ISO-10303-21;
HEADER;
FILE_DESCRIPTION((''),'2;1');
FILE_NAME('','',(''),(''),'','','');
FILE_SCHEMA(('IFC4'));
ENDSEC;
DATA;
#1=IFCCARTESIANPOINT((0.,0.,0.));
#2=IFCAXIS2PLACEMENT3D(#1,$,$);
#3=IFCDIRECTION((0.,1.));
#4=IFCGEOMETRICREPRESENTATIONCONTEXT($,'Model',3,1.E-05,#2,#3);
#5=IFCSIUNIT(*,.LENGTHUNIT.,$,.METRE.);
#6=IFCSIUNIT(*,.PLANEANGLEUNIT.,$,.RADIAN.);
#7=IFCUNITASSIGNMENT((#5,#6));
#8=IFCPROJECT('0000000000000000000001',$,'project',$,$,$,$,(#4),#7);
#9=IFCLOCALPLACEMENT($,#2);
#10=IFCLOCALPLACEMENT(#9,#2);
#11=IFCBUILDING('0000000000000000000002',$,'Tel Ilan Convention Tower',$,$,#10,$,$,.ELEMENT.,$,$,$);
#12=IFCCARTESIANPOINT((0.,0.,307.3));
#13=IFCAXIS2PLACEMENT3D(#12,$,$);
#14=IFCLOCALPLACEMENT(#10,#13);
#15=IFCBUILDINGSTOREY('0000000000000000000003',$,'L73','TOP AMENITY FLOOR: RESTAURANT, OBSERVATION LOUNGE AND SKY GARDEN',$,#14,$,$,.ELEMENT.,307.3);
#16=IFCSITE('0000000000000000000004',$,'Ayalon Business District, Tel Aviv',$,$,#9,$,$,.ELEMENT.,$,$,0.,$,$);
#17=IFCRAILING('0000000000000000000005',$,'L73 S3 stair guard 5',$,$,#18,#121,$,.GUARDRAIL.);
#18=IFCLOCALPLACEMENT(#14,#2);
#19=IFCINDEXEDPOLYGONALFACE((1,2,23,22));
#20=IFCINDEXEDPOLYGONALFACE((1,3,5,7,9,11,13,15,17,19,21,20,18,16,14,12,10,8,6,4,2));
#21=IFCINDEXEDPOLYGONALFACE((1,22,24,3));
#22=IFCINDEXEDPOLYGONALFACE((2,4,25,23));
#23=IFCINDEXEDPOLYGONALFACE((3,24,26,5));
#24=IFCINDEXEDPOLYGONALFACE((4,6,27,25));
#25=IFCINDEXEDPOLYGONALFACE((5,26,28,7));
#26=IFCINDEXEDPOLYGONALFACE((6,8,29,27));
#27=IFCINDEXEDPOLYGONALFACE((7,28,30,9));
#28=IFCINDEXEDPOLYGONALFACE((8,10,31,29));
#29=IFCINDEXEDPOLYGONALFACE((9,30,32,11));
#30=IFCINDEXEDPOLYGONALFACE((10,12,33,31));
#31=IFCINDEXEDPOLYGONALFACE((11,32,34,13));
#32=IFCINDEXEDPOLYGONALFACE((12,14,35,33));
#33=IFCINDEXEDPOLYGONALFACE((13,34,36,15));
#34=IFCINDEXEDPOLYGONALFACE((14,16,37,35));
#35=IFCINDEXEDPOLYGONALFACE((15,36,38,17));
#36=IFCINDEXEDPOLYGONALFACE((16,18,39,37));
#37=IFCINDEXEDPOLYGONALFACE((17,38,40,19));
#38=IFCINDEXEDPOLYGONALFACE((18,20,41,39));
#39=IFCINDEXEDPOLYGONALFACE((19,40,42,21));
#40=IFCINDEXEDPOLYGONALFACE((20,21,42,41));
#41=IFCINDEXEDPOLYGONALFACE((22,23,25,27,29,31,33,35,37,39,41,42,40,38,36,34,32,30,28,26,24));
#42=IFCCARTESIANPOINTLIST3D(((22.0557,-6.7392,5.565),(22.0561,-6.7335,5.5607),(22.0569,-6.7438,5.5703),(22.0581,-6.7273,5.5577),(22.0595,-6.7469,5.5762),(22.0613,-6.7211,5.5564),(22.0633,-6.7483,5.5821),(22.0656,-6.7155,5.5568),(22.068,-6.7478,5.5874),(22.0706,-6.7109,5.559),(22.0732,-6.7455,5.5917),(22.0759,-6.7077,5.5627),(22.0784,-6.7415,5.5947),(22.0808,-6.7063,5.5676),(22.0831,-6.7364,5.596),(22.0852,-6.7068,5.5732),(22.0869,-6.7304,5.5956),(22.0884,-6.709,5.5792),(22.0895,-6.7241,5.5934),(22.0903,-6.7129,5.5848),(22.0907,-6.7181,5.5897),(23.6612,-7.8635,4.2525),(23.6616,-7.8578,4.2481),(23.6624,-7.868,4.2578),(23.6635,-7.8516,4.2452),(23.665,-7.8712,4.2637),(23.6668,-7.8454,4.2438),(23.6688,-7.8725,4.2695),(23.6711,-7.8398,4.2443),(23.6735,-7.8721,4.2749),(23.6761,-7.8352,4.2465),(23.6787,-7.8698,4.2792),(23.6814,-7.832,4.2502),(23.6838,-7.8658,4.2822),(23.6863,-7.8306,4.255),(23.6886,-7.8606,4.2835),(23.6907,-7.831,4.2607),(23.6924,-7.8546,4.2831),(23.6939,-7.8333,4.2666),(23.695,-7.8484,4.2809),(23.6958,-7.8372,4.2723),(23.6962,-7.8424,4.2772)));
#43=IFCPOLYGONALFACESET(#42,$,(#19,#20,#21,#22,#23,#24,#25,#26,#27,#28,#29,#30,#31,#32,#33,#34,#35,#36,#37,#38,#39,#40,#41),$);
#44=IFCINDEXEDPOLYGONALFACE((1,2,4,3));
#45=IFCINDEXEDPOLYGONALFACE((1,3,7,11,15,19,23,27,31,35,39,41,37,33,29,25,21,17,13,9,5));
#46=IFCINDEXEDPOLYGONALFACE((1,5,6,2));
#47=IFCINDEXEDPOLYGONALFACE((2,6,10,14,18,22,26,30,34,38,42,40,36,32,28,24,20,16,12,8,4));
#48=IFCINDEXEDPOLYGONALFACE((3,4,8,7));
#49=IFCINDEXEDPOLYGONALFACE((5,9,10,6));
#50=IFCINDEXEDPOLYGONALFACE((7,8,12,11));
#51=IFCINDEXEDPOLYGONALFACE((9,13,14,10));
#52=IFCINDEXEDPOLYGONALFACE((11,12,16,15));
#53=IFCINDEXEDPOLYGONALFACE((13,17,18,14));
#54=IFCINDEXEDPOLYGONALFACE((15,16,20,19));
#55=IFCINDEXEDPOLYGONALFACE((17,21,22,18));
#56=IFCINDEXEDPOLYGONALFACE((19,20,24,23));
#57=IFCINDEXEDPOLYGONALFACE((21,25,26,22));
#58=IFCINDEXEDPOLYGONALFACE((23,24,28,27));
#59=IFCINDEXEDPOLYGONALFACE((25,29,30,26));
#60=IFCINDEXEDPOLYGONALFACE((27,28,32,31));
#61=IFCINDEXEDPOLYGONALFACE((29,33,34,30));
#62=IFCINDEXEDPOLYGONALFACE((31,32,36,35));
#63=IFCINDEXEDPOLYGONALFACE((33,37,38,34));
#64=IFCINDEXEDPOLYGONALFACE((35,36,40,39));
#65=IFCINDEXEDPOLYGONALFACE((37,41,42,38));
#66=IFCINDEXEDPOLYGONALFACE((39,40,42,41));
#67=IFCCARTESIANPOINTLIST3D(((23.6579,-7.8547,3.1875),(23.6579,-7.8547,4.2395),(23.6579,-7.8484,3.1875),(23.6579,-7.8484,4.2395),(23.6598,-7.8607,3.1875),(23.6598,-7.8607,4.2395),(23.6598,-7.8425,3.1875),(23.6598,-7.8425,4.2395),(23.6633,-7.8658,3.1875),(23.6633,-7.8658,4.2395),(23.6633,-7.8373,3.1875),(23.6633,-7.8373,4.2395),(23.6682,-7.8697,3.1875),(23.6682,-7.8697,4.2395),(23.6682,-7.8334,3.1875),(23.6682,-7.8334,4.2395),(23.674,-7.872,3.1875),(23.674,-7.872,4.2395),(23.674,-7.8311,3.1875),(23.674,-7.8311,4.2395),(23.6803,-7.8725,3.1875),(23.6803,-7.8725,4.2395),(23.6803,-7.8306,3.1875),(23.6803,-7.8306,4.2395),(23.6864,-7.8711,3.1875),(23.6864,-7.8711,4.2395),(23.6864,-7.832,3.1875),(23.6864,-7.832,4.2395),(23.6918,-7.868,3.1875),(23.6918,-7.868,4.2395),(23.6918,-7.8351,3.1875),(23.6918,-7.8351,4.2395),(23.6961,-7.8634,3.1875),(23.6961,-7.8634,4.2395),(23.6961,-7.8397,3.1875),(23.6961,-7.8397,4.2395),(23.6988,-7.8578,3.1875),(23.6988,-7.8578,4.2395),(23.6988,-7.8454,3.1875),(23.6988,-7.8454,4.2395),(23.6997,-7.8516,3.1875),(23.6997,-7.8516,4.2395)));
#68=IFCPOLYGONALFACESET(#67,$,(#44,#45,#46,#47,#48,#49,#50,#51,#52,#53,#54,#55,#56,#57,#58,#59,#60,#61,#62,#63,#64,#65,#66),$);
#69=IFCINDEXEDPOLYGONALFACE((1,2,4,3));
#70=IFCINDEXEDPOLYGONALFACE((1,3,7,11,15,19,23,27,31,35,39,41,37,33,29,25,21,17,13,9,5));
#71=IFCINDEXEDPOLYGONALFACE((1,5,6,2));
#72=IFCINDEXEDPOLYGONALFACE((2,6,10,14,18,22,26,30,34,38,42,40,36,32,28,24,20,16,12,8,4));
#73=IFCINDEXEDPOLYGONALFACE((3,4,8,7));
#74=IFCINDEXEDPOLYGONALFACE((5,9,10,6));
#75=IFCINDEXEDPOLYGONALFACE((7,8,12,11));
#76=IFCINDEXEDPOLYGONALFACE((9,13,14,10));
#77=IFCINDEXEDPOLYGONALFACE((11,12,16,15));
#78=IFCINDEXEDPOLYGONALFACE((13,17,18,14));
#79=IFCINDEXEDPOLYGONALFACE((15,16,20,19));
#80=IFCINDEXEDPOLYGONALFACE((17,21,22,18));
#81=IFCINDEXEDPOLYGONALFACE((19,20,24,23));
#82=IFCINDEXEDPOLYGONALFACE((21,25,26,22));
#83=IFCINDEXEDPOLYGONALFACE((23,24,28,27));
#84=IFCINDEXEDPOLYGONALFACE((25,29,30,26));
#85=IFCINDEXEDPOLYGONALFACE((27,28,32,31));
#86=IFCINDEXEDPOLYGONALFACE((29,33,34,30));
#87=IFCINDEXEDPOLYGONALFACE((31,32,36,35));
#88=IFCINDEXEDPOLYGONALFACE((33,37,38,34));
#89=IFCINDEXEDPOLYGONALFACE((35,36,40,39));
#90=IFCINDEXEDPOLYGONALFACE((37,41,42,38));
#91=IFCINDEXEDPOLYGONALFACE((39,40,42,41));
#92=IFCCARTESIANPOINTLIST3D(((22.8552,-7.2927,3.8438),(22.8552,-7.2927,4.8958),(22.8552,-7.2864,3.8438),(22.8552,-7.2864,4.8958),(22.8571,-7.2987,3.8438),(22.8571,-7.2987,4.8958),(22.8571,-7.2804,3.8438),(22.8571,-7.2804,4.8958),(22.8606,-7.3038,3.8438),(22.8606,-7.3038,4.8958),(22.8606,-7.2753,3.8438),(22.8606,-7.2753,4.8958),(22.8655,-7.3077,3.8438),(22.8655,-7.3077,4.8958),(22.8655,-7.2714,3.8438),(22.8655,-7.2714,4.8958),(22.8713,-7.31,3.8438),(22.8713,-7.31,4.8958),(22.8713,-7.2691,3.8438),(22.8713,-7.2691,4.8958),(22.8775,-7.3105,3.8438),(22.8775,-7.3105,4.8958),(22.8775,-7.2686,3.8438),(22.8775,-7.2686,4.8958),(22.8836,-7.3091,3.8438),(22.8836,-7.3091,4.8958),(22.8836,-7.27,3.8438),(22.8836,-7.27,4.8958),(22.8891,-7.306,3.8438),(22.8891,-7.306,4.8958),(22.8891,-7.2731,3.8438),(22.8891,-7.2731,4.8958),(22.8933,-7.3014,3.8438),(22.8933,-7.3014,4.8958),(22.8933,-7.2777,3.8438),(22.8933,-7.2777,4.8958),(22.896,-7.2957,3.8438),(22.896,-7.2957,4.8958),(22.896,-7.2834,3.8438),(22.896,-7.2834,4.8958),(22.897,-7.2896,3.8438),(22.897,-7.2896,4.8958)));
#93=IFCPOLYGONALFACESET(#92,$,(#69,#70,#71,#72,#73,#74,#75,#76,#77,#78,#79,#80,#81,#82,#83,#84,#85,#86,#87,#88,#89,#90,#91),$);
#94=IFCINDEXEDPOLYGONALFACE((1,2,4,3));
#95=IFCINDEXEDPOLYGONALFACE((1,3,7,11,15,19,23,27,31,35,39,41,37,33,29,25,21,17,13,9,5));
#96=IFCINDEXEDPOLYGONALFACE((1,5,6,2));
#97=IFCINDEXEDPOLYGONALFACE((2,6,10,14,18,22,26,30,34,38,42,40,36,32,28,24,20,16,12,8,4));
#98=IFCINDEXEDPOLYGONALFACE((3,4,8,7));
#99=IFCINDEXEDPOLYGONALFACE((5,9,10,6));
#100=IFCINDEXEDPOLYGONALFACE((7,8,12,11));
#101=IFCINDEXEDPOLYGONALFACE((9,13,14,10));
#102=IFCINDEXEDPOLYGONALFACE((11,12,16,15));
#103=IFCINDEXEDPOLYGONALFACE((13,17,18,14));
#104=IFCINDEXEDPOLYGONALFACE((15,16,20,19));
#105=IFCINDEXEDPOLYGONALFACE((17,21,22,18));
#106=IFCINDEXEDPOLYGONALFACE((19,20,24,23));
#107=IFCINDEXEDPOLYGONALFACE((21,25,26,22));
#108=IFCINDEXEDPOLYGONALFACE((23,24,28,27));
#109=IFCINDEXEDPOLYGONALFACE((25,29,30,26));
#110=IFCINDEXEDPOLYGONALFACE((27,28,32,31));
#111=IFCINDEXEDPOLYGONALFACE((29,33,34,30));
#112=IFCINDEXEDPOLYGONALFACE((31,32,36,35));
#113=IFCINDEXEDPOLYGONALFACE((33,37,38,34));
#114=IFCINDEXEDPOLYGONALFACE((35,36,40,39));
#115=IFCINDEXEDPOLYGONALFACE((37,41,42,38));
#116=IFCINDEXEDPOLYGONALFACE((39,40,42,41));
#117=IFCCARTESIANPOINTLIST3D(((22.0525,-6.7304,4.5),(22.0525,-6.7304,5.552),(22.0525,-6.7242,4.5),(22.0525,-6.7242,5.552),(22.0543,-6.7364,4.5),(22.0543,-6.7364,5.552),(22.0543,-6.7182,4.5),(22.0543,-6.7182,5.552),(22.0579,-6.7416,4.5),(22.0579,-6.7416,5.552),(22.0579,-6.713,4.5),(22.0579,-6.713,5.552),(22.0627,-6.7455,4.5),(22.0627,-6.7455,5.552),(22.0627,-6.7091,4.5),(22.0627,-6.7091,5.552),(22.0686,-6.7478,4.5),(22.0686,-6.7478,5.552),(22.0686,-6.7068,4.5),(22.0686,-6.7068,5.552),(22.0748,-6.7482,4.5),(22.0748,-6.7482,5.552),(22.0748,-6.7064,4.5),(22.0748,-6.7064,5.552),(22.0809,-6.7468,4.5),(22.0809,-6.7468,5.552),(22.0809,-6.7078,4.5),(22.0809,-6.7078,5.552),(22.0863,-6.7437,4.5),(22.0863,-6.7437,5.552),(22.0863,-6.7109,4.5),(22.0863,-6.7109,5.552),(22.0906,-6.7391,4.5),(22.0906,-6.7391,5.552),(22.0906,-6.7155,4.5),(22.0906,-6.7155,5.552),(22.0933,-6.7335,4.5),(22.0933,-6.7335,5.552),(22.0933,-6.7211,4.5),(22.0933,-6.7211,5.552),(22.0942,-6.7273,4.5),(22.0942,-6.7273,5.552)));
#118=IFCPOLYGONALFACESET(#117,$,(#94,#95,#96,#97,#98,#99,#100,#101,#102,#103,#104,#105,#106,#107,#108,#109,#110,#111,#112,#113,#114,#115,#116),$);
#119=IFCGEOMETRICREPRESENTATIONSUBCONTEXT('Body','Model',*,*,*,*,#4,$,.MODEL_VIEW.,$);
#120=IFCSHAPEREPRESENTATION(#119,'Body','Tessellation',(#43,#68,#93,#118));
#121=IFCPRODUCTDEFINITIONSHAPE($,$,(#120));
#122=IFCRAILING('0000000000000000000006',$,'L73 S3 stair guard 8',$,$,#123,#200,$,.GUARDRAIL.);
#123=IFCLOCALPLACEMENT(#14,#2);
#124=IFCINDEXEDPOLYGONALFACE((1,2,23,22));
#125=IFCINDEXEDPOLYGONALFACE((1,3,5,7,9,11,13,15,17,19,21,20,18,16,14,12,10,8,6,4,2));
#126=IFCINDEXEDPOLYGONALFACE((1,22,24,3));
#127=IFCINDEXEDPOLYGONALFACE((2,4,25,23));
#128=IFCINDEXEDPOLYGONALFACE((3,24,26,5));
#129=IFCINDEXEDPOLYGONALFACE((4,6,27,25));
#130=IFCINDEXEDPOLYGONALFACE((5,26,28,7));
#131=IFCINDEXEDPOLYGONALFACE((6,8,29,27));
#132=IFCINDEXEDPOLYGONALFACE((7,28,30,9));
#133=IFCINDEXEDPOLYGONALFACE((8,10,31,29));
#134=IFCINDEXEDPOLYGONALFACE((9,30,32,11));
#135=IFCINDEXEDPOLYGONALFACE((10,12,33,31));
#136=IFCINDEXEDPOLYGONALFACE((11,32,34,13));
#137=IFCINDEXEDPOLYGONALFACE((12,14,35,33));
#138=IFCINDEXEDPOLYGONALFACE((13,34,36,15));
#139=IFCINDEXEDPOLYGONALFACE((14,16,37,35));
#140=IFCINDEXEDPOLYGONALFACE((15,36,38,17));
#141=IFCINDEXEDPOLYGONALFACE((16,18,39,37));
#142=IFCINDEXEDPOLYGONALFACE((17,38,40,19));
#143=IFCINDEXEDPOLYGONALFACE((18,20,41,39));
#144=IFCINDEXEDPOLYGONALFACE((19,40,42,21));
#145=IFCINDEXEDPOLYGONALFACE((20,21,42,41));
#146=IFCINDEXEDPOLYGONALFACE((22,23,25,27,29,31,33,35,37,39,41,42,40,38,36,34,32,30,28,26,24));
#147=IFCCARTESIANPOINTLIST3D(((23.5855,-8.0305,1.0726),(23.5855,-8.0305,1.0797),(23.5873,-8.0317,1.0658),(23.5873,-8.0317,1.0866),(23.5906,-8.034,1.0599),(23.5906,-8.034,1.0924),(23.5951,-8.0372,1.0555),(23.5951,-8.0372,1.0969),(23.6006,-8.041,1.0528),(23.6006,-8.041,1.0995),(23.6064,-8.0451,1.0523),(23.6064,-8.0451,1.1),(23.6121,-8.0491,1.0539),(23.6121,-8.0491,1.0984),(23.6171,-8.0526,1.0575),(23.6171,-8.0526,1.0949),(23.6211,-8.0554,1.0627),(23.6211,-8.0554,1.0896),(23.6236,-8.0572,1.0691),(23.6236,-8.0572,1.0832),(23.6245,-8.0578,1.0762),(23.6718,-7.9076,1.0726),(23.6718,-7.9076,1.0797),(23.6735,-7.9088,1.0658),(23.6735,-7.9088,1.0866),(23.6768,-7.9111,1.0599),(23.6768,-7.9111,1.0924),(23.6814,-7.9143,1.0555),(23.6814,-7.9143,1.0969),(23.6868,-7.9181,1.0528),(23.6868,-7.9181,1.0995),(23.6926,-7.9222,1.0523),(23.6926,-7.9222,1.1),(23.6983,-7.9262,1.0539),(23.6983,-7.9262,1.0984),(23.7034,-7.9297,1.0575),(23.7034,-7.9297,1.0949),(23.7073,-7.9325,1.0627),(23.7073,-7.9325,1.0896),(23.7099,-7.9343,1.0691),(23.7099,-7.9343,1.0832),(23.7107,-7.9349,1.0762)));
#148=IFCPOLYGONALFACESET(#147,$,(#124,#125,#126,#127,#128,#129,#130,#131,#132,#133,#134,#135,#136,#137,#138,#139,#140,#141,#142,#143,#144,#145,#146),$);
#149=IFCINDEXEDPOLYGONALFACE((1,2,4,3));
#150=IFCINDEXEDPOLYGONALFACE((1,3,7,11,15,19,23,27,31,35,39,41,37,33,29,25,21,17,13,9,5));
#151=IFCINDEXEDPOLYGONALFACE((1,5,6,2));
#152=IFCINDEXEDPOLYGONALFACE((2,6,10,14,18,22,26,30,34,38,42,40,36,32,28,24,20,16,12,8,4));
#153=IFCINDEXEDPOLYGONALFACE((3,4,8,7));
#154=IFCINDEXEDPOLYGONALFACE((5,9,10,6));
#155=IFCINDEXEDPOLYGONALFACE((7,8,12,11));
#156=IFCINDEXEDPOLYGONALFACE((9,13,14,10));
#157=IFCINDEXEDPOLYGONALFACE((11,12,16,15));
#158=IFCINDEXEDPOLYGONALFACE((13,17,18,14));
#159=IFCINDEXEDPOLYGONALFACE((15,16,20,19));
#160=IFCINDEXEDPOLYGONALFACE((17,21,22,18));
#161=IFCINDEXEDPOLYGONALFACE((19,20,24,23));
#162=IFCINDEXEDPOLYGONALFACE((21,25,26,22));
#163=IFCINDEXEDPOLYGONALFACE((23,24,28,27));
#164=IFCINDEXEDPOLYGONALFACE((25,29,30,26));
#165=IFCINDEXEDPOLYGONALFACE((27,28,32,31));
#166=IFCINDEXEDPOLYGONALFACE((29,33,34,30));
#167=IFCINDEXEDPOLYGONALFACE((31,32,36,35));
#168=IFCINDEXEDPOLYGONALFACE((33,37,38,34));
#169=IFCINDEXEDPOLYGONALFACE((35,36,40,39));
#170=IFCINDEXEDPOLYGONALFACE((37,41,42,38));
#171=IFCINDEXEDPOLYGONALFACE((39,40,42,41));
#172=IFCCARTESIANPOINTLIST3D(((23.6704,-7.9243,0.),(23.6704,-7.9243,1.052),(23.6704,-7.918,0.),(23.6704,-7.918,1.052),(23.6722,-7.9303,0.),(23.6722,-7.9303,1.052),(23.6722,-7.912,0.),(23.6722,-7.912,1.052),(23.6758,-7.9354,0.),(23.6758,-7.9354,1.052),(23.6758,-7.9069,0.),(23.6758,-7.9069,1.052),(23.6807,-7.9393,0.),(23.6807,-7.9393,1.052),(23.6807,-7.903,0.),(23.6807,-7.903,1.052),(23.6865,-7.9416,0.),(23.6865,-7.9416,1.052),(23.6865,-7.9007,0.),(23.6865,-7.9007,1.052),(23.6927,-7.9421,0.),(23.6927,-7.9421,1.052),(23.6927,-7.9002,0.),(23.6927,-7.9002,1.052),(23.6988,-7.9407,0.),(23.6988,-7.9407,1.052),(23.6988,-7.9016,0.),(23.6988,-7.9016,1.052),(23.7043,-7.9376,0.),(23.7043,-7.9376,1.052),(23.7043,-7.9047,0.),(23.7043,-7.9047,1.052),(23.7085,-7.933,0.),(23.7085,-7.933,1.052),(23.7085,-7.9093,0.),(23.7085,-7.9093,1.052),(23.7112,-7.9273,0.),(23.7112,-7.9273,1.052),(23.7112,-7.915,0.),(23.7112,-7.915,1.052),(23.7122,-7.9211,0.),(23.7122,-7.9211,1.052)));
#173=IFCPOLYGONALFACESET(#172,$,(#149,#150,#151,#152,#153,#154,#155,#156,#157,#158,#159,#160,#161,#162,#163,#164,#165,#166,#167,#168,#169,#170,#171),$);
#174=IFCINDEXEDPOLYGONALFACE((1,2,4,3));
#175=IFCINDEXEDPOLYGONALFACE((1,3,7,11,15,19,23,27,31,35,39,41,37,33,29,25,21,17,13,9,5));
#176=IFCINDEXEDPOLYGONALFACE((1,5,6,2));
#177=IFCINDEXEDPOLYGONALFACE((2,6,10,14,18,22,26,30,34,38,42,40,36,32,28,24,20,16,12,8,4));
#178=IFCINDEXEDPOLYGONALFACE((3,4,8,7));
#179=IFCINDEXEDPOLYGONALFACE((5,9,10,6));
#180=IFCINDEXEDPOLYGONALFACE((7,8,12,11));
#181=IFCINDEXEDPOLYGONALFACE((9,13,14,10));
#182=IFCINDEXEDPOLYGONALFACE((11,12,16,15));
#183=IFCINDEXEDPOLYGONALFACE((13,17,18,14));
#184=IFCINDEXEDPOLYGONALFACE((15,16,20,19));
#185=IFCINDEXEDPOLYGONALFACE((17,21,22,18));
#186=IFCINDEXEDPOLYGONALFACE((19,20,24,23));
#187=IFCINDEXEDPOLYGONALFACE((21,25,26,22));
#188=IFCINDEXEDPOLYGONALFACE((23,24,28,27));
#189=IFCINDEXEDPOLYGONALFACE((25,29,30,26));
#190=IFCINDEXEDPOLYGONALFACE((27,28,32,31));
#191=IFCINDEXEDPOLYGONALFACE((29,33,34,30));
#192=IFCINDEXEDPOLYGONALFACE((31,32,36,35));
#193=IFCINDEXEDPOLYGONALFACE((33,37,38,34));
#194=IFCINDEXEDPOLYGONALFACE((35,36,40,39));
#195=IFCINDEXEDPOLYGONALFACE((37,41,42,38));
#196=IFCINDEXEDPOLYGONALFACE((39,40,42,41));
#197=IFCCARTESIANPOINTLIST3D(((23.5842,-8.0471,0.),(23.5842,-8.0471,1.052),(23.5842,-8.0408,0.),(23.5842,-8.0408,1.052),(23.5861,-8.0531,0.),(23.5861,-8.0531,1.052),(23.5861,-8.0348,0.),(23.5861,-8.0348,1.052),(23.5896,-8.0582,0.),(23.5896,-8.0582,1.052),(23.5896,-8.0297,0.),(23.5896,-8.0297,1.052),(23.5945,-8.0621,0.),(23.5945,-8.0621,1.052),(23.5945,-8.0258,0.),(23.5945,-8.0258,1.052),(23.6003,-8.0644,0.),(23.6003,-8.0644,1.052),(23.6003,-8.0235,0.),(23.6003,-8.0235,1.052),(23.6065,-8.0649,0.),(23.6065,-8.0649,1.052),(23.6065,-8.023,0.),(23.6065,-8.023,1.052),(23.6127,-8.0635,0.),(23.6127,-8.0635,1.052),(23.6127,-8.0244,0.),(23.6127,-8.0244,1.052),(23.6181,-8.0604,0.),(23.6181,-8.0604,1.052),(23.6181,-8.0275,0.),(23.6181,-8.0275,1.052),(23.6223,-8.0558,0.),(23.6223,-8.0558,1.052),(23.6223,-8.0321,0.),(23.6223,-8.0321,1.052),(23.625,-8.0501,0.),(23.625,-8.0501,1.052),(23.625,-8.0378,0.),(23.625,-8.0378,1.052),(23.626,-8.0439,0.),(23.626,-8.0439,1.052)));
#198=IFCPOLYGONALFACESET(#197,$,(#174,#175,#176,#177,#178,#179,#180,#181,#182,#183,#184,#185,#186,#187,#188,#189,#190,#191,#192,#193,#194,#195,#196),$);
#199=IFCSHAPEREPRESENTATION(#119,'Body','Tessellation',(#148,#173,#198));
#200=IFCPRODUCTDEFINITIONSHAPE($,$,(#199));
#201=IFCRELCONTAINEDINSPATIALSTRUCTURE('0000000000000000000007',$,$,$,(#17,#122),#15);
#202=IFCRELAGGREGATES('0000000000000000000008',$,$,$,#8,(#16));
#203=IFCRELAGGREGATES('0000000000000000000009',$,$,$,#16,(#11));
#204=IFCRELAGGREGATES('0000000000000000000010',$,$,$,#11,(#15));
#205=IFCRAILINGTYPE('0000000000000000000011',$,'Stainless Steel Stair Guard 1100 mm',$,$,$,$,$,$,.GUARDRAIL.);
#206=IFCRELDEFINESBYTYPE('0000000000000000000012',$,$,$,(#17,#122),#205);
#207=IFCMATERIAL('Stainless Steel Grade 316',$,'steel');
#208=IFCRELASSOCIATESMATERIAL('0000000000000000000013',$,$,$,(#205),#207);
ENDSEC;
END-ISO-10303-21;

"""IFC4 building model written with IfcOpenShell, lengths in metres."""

from ifc_helpers import new_model, si_unit, direction, frame, origin, origin_2d, place, context, subcontext, project, spatial, circle, extrude, material, type_object, element, save


model = new_model("IFC4")

# Units and contexts
model_context = context("Model", 3, precision=1e-05, world=origin(), true_north=direction((0.0, 1.0)))
body_context = subcontext(model_context, "Body", "Model", "MODEL_VIEW")
ifc_project = project(units=[si_unit("LENGTHUNIT", "METRE"), si_unit("PLANEANGLEUNIT", "RADIAN")], contexts=[model_context])

# Site, building, storey
site_placement = place(None, origin())
site = spatial("IfcSite", under=ifc_project, at=site_placement, Name="Ayalon Business District, Tel Aviv", CompositionType="ELEMENT", RefElevation=0.0)
building_placement = place(site_placement, origin())
building = spatial("IfcBuilding", under=site, at=building_placement, Name="Tel Ilan Convention Tower", CompositionType="ELEMENT")
storey_placement = place(building_placement, frame((0.0, 0.0, 307.3)))
storey = spatial("IfcBuildingStorey", under=building, at=storey_placement, Name="L73", Description="TOP AMENITY FLOOR: RESTAURANT, OBSERVATION LOUNGE AND SKY GARDEN", CompositionType="ELEMENT", Elevation=307.3)

# Railings
ifc_material_1 = material(Name="Stainless Steel Grade 316", Category="steel")
railing_type_1 = type_object("IfcRailingType", Name="Stainless Steel Stair Guard 1100 mm", PredefinedType="GUARDRAIL", material=ifc_material_1)
railing_1_placement = place(storey_placement, frame((23.6787, -7.8516, 3.1875)))
element("IfcRailing", 1, at=railing_1_placement, inside=storey, type_object=railing_type_1, Name="L73 S3 stair guard 5", PredefinedType="GUARDRAIL", context=body_context, shape_type="SweptSolid", body=[
    extrude(circle(Radius=0.0239, at=origin_2d()), frame((0.0, 0.0, 1.0762), z_axis=(-0.680616, 0.476617, 0.556416), x_axis=(-0.573613, -0.819127, 0.0)), (0.0, 0.0, 1.0), 2.3589),
    extrude(circle(Radius=0.021, at=origin_2d()), origin(), (0.0, 0.0, 1.0), 1.052),
    extrude(circle(Radius=0.021, at=origin_2d()), frame((-0.8027, 0.562, 0.6562)), (0.0, 0.0, 1.0), 1.052),
    extrude(circle(Radius=0.021, at=origin_2d()), frame((-1.6055, 1.1243, 1.3125)), (0.0, 0.0, 1.0), 1.052),
])
railing_2_placement = place(storey_placement, frame((23.6912, -7.9211, 0.0)))
element("IfcRailing", 2, at=railing_2_placement, inside=storey, type_object=railing_type_1, Name="L73 S3 stair guard 8", PredefinedType="GUARDRAIL", context=body_context, shape_type="SweptSolid", body=[
    extrude(circle(Radius=0.0239, at=origin_2d()), frame((0.0, 0.0, 1.0762), z_axis=(-0.574445, -0.818543, 0.0), x_axis=(0.818543, -0.574445, 0.0)), (0.0, 0.0, 1.0), 0.1501),
    extrude(circle(Radius=0.021, at=origin_2d()), origin(), (0.0, 0.0, 1.0), 1.052),
    extrude(circle(Radius=0.021, at=origin_2d()), frame((-0.0862, -0.1228, 0.0)), (0.0, 0.0, 1.0), 1.052),
])

save(model, "model.ifc")
